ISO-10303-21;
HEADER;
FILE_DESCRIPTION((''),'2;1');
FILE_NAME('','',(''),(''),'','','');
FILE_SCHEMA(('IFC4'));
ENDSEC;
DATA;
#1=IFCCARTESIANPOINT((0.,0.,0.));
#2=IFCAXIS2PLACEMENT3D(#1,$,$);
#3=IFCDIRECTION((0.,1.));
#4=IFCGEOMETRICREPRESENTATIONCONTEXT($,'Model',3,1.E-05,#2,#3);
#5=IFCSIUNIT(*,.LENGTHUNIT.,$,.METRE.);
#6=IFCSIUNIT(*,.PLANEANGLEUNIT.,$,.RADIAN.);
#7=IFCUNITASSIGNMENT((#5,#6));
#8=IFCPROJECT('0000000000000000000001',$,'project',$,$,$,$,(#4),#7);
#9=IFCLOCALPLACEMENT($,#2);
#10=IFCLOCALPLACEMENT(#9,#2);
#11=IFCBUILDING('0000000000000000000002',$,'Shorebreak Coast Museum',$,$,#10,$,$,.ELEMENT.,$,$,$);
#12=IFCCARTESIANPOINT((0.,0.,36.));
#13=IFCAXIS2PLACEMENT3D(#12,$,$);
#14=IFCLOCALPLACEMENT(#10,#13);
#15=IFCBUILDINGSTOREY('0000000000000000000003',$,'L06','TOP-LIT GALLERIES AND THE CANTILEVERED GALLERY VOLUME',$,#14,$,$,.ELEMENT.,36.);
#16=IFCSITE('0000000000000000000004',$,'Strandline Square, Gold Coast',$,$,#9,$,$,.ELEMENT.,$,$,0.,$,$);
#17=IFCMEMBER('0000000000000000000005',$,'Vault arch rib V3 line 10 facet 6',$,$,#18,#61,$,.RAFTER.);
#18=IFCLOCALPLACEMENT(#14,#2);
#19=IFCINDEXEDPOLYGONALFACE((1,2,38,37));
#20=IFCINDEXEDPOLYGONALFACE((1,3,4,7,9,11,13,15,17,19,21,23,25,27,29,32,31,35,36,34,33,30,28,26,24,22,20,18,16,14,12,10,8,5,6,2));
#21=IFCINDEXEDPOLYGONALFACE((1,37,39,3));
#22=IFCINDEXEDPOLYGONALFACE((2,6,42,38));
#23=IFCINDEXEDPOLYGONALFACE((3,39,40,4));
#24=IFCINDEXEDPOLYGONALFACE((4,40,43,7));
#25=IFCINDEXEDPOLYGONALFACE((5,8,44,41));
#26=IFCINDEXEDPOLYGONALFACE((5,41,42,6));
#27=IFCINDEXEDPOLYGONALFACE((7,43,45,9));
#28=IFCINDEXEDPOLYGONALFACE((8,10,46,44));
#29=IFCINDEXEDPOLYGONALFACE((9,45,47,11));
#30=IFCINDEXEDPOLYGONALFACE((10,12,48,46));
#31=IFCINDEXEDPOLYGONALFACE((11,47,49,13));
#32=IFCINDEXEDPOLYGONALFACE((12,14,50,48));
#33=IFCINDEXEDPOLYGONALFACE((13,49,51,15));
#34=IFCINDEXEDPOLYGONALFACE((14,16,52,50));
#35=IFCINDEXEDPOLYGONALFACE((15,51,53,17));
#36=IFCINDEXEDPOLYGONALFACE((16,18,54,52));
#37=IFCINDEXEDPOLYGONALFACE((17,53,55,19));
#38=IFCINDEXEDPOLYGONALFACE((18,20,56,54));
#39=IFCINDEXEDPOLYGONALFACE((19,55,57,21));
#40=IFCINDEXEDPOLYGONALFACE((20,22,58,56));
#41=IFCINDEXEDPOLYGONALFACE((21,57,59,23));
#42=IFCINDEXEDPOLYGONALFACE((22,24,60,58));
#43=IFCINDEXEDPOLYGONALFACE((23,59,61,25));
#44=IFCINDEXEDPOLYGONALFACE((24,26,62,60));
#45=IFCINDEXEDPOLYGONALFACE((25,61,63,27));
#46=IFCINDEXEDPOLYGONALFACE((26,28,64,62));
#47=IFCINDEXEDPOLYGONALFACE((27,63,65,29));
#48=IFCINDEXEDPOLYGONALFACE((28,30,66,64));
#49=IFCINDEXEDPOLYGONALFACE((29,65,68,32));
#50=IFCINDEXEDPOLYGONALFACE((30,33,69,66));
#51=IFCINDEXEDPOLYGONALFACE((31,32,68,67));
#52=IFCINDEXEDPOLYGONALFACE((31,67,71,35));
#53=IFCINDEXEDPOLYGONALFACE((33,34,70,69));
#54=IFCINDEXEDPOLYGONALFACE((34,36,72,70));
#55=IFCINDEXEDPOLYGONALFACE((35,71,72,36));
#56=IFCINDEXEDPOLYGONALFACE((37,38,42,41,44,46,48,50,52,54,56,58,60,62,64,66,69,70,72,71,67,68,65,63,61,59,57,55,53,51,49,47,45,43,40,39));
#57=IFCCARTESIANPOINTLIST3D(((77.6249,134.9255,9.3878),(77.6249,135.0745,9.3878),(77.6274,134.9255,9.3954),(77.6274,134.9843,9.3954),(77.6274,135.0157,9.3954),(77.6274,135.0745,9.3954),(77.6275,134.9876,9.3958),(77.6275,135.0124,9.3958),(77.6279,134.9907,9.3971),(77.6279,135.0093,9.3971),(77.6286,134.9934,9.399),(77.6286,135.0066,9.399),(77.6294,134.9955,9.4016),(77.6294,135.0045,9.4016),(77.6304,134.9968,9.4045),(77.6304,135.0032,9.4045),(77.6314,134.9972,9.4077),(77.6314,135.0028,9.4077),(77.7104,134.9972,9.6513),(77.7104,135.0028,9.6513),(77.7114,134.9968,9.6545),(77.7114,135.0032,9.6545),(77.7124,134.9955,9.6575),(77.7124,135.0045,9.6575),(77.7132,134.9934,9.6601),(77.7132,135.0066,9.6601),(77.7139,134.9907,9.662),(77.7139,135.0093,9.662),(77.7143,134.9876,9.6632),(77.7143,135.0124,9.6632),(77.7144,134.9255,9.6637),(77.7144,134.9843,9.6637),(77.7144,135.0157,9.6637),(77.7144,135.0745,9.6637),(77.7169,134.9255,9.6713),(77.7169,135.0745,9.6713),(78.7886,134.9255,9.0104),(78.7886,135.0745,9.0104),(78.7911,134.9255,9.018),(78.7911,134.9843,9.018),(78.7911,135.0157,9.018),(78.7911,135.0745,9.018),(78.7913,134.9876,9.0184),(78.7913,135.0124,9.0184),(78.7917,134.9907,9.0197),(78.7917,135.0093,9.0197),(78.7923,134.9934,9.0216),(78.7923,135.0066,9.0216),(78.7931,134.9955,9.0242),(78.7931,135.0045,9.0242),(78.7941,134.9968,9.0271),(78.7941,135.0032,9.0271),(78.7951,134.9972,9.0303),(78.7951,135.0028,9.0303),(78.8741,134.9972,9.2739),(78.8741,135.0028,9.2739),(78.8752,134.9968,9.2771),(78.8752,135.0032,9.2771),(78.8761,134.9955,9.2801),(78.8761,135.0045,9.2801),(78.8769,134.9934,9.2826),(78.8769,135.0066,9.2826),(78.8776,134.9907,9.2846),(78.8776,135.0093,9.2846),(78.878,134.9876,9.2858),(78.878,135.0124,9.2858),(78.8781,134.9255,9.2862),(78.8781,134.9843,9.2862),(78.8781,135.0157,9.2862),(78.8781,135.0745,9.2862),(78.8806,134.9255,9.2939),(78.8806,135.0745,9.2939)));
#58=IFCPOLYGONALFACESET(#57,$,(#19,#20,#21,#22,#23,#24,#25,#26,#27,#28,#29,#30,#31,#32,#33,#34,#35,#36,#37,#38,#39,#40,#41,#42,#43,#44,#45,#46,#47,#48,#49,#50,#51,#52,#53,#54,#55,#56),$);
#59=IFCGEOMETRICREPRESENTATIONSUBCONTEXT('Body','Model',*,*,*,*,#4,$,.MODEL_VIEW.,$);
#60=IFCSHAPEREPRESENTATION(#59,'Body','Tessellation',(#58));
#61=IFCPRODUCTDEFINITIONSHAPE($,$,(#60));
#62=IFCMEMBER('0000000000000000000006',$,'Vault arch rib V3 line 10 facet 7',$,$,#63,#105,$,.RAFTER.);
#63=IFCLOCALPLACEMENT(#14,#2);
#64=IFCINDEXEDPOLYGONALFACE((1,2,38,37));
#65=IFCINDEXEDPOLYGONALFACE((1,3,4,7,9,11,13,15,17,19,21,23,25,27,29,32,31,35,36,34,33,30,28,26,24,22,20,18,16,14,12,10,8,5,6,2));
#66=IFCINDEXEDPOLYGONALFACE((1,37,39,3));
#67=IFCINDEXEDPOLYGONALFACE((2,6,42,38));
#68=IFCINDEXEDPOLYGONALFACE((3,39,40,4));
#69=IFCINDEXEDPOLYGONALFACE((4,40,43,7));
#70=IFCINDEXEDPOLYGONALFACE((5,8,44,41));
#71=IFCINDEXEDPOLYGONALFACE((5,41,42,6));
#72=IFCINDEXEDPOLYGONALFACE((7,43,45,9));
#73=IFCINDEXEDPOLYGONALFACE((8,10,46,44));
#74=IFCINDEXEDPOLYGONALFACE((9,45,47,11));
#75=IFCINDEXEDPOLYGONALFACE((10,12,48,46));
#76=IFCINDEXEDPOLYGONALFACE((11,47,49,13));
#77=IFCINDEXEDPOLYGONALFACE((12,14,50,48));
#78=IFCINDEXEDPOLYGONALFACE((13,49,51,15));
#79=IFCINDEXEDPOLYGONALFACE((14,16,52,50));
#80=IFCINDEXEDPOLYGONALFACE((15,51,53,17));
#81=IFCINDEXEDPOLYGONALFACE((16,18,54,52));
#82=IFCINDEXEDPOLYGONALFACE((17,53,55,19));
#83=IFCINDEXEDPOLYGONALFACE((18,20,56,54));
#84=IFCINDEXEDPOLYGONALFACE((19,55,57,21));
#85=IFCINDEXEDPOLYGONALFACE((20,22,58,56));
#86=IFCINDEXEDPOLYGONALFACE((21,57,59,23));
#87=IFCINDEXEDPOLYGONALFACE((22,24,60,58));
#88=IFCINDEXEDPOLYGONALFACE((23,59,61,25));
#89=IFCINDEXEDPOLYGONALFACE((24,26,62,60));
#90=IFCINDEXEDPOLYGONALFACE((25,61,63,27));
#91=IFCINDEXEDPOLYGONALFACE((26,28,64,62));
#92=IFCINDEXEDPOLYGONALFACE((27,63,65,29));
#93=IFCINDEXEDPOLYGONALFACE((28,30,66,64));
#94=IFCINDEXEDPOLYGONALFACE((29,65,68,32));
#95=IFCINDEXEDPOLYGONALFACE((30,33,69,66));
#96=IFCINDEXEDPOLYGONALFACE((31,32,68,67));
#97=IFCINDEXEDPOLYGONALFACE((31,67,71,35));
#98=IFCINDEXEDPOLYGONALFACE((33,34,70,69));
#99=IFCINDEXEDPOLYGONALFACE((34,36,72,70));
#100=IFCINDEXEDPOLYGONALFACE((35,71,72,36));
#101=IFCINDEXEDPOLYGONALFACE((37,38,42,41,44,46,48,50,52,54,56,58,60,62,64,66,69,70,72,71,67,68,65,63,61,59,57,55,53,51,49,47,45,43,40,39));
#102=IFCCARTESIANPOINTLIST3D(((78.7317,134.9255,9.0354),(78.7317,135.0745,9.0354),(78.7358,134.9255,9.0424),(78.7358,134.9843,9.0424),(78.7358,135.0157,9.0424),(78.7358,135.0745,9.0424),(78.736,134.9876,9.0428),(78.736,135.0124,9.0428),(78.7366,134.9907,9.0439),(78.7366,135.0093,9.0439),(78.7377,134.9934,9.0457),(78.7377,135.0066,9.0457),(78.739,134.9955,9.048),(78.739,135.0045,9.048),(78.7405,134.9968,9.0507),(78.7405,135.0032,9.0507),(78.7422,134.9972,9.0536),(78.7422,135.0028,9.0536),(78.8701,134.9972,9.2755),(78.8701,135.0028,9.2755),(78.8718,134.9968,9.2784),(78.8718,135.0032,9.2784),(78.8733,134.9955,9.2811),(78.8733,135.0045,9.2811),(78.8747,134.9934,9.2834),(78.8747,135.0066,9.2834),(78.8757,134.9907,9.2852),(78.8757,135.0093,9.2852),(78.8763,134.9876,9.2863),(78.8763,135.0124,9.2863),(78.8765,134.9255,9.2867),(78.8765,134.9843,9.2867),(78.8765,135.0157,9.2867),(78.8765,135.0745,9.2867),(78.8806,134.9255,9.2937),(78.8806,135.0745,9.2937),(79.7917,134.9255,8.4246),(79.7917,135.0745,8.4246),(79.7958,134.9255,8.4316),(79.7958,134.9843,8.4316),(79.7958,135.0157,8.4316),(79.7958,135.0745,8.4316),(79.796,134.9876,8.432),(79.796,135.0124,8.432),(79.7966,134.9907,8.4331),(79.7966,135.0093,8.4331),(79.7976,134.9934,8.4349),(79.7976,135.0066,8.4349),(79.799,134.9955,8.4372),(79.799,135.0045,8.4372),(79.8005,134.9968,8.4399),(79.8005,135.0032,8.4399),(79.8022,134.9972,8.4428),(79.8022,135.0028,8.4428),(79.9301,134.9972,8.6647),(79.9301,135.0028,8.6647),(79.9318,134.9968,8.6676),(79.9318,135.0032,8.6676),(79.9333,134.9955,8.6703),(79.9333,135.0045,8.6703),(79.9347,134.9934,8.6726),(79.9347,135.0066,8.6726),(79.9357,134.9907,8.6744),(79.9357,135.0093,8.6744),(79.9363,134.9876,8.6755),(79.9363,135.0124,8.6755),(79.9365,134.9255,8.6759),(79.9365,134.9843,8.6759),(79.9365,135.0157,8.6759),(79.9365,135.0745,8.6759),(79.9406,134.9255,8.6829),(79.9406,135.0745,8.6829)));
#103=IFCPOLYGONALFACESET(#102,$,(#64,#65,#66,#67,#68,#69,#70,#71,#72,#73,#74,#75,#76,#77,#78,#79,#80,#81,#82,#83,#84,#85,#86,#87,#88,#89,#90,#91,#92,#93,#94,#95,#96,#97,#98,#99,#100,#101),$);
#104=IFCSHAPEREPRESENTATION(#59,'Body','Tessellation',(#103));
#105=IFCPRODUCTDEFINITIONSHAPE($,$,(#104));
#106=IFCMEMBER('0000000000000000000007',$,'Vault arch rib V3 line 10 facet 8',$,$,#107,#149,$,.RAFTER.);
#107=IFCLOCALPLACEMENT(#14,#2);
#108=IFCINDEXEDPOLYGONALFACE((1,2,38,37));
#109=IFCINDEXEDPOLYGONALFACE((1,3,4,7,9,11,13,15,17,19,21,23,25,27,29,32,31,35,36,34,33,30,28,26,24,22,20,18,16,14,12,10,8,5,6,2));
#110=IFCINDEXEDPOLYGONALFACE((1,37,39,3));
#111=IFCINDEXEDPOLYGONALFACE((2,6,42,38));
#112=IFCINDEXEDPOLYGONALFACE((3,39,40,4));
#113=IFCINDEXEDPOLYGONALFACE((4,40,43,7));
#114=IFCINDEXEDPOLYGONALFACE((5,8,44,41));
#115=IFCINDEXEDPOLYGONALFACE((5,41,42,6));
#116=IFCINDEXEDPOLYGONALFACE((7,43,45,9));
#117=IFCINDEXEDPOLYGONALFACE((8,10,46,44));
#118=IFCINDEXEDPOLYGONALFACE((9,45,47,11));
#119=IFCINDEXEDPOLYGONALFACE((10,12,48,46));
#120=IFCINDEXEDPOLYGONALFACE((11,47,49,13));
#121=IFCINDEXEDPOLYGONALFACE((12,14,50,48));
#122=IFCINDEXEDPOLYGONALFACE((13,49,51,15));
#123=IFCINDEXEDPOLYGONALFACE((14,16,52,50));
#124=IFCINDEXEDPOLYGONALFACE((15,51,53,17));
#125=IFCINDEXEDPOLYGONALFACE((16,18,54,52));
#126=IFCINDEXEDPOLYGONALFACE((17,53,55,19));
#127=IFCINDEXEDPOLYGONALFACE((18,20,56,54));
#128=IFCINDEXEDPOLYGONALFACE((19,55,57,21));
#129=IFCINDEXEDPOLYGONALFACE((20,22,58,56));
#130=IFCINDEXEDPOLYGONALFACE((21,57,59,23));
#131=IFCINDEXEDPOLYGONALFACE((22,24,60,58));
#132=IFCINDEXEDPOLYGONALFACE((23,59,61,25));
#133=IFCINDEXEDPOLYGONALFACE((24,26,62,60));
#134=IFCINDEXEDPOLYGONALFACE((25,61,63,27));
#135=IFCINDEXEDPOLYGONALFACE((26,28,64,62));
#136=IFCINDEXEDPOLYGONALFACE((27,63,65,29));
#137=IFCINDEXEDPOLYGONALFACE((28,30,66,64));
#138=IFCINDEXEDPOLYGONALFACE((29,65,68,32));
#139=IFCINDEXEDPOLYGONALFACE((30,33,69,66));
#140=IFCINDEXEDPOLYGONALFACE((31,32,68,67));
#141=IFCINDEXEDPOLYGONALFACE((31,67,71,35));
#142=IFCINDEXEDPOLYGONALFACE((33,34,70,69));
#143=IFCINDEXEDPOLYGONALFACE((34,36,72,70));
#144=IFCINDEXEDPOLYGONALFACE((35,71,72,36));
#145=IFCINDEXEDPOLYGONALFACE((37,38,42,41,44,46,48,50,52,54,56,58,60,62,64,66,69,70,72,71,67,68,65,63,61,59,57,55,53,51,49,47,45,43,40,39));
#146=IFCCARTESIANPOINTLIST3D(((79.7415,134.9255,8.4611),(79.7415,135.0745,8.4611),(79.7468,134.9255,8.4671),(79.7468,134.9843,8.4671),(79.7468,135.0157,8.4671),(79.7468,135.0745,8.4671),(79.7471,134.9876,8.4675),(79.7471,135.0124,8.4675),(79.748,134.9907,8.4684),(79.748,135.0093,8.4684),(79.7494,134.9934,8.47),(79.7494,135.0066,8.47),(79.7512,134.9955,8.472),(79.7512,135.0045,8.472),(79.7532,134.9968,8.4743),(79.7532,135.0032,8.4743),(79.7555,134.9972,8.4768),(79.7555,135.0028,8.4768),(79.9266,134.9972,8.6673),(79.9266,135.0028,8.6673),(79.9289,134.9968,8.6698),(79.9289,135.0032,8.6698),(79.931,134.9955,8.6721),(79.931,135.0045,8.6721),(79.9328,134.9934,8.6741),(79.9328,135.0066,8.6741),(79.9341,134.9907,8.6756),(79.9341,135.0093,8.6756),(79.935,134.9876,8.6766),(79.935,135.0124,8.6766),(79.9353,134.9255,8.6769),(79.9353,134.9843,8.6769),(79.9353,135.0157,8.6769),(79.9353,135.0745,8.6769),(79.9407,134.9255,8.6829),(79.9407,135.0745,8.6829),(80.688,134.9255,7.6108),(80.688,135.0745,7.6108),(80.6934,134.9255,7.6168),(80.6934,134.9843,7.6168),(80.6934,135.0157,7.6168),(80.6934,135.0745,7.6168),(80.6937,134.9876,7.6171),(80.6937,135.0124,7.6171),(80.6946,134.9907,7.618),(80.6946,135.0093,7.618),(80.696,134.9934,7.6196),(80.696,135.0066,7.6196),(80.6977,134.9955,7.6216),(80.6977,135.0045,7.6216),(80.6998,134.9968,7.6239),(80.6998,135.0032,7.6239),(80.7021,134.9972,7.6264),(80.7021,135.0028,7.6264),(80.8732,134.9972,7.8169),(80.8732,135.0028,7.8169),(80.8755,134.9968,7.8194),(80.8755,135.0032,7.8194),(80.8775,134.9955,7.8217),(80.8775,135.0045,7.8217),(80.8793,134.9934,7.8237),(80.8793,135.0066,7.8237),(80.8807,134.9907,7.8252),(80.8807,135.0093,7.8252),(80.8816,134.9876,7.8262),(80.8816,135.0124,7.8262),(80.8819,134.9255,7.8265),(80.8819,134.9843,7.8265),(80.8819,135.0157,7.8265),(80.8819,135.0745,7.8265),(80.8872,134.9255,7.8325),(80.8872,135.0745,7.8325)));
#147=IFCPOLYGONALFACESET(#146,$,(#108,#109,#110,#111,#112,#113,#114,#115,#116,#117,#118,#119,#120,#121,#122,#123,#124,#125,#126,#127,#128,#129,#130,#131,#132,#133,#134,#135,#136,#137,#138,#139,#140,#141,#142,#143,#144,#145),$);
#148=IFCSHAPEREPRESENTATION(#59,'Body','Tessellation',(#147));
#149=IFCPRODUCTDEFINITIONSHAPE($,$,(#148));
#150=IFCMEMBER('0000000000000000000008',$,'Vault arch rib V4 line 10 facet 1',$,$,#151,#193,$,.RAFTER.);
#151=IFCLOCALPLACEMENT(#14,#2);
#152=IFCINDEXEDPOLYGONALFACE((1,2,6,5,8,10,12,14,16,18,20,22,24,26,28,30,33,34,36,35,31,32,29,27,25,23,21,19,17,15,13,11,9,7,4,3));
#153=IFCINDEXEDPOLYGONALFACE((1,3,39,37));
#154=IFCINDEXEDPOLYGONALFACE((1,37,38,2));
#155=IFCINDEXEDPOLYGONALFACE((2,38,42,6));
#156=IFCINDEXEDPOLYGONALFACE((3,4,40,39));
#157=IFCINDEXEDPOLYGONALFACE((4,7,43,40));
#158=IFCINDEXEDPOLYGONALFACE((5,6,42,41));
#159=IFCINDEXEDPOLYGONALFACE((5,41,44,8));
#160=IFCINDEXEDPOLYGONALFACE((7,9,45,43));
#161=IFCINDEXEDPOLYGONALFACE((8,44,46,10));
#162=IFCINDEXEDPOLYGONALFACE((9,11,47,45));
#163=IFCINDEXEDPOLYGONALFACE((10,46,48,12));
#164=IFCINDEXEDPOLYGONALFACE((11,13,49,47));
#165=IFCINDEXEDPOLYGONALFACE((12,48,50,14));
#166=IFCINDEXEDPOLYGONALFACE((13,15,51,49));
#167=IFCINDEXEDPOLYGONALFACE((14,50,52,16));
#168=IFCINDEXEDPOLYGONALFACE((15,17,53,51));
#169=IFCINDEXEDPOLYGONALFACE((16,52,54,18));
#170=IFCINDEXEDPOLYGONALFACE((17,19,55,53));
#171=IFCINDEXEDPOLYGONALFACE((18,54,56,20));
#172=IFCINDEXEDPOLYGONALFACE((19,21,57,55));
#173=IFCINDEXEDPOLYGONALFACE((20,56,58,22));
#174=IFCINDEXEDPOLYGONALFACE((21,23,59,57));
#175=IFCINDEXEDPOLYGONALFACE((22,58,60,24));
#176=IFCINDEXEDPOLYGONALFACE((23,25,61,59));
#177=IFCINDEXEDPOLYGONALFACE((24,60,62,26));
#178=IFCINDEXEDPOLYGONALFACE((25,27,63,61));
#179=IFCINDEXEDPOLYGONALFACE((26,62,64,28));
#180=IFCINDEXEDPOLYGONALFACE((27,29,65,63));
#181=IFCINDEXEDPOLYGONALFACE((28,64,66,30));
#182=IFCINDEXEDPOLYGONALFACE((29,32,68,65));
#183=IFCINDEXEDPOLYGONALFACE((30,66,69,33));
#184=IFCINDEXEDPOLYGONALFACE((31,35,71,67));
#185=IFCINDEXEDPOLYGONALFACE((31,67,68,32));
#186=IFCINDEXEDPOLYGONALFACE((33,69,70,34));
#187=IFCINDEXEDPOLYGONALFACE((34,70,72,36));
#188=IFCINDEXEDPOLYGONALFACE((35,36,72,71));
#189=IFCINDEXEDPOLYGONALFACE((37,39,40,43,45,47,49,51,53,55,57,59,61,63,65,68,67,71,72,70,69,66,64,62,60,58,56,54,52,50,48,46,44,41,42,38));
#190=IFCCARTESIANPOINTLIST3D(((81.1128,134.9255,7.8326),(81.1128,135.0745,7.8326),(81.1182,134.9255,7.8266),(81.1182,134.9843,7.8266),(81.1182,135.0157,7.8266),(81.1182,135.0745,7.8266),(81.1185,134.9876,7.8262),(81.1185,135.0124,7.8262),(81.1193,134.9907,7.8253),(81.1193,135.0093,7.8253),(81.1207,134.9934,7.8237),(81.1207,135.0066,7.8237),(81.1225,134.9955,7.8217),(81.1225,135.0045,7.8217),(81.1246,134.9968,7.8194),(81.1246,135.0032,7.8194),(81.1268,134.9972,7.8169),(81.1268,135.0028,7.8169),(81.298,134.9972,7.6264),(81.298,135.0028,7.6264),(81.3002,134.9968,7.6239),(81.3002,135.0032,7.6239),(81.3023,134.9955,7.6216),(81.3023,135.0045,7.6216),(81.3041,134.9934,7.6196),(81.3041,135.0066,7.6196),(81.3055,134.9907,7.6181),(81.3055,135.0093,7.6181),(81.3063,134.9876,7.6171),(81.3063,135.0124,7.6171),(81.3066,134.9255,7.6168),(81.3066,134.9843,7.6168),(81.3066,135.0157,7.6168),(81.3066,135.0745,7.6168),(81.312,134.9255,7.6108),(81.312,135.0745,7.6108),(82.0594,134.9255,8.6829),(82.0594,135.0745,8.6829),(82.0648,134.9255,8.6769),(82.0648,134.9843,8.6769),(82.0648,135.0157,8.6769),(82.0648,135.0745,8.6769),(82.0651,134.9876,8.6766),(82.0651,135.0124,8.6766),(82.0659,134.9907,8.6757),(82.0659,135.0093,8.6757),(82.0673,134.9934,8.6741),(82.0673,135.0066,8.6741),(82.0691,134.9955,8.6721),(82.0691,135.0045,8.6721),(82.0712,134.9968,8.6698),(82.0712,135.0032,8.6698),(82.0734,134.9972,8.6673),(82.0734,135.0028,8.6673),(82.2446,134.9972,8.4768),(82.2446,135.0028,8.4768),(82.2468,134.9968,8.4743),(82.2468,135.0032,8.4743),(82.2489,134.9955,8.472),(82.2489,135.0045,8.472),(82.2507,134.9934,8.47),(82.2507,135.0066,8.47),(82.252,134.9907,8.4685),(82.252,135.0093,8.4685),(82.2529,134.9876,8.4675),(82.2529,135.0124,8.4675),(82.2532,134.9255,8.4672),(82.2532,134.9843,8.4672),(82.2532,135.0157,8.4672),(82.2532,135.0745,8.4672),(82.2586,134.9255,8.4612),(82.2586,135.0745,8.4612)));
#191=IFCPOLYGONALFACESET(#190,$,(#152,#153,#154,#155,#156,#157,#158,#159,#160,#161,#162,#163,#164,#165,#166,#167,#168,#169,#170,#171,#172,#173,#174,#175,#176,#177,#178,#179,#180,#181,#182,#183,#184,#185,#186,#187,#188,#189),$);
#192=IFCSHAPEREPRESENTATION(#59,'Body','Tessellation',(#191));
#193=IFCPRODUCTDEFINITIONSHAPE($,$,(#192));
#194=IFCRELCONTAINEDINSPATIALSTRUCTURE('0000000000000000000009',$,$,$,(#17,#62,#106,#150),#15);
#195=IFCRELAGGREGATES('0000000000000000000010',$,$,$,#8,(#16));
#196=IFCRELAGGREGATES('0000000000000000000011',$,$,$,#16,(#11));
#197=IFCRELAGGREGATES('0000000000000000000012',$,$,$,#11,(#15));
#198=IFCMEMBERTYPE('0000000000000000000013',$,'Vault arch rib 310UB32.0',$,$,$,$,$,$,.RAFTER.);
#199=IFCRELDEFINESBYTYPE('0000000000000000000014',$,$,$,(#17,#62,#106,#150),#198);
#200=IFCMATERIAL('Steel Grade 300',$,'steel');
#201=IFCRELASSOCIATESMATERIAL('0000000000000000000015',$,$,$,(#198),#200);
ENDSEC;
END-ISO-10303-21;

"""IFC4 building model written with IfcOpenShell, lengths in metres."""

from ifc_helpers import new_model, si_unit, direction, frame, origin, origin_2d, place, context, subcontext, project, spatial, i_section, extrude, material, material_profile, profile_set, type_object, element, save


model = new_model("IFC4")

# Units and contexts
model_context = context("Model", 3, precision=1e-05, world=origin(), true_north=direction((0.0, 1.0)))
body_context = subcontext(model_context, "Body", "Model", "MODEL_VIEW")
ifc_project = project(units=[si_unit("LENGTHUNIT", "METRE"), si_unit("PLANEANGLEUNIT", "RADIAN")], contexts=[model_context])

# Site, building, storey
site_placement = place(None, origin())
site = spatial("IfcSite", under=ifc_project, at=site_placement, Name="Strandline Square, Gold Coast", CompositionType="ELEMENT", RefElevation=0.0)
building_placement = place(site_placement, origin())
building = spatial("IfcBuilding", under=site, at=building_placement, Name="Shorebreak Coast Museum", CompositionType="ELEMENT")
storey_placement = place(building_placement, frame((0.0, 0.0, 36.0)))
storey = spatial("IfcBuildingStorey", under=building, at=storey_placement, Name="L06", Description="TOP-LIT GALLERIES AND THE CANTILEVERED GALLERY VOLUME", CompositionType="ELEMENT", Elevation=36.0)

# Members
ifc_material_1 = material(Name="Steel Grade 300", Category="steel")
ifc_material_profile_1 = material_profile(ifc_material_1, i_section(OverallWidth=0.1489, OverallDepth=0.2981, WebThickness=0.0056, FlangeThickness=0.0081, FilletRadius=0.0129, at=origin_2d()), Name="310UB32.0")
ifc_profile_set_1 = profile_set([ifc_material_profile_1], Name="Steel Grade 300")
member_type_1 = type_object("IfcMemberType", Name="Vault arch rib 310UB32.0", PredefinedType="RAFTER", material=ifc_profile_set_1)
for number, where, z_axis, x_axis, name in (
    (1, (77.6709, 135.0, 9.5295), (0.951226, 0.0, -0.308495), (0.0, 1.0, 0.0), "Vault arch rib V3 line 10 facet 6"),
    (2, (78.8062, 135.0, 9.1646), (0.866445, 0.0, -0.499273), (0.0, 1.0, 0.0), "Vault arch rib V3 line 10 facet 7"),
):
    element("IfcMember", number, at=place(storey_placement, frame(where, z_axis=z_axis, x_axis=x_axis)), inside=storey, type_object=member_type_1, Name=name, PredefinedType="RAFTER", context=body_context, shape_type="SweptSolid", body=[
        extrude(i_section(OverallWidth=0.1489, OverallDepth=0.2981, WebThickness=0.0056, FlangeThickness=0.0081, FilletRadius=0.0129, at=origin_2d()), origin(), (0.0, 0.0, 1.0), 1.2234),
    ])
for number, where, z_axis, x_axis, name in (
    (3, (79.8411, 135.0, 8.572), (0.743895, 0.0, -0.668297), (0.0, 1.0, 0.0), "Vault arch rib V3 line 10 facet 8"),
    (4, (81.2124, 135.0, 7.7217), (0.743895, 0.0, 0.668297), (0.0, 1.0, 0.0), "Vault arch rib V4 line 10 facet 1"),
):
    element("IfcMember", number, at=place(storey_placement, frame(where, z_axis=z_axis, x_axis=x_axis)), inside=storey, type_object=member_type_1, Name=name, PredefinedType="RAFTER", context=body_context, shape_type="SweptSolid", body=[
        extrude(i_section(OverallWidth=0.1489, OverallDepth=0.2981, WebThickness=0.0056, FlangeThickness=0.0081, FilletRadius=0.0129, at=origin_2d()), origin(), (0.0, 0.0, 1.0), 1.2725),
    ])

save(model, "model.ifc")
